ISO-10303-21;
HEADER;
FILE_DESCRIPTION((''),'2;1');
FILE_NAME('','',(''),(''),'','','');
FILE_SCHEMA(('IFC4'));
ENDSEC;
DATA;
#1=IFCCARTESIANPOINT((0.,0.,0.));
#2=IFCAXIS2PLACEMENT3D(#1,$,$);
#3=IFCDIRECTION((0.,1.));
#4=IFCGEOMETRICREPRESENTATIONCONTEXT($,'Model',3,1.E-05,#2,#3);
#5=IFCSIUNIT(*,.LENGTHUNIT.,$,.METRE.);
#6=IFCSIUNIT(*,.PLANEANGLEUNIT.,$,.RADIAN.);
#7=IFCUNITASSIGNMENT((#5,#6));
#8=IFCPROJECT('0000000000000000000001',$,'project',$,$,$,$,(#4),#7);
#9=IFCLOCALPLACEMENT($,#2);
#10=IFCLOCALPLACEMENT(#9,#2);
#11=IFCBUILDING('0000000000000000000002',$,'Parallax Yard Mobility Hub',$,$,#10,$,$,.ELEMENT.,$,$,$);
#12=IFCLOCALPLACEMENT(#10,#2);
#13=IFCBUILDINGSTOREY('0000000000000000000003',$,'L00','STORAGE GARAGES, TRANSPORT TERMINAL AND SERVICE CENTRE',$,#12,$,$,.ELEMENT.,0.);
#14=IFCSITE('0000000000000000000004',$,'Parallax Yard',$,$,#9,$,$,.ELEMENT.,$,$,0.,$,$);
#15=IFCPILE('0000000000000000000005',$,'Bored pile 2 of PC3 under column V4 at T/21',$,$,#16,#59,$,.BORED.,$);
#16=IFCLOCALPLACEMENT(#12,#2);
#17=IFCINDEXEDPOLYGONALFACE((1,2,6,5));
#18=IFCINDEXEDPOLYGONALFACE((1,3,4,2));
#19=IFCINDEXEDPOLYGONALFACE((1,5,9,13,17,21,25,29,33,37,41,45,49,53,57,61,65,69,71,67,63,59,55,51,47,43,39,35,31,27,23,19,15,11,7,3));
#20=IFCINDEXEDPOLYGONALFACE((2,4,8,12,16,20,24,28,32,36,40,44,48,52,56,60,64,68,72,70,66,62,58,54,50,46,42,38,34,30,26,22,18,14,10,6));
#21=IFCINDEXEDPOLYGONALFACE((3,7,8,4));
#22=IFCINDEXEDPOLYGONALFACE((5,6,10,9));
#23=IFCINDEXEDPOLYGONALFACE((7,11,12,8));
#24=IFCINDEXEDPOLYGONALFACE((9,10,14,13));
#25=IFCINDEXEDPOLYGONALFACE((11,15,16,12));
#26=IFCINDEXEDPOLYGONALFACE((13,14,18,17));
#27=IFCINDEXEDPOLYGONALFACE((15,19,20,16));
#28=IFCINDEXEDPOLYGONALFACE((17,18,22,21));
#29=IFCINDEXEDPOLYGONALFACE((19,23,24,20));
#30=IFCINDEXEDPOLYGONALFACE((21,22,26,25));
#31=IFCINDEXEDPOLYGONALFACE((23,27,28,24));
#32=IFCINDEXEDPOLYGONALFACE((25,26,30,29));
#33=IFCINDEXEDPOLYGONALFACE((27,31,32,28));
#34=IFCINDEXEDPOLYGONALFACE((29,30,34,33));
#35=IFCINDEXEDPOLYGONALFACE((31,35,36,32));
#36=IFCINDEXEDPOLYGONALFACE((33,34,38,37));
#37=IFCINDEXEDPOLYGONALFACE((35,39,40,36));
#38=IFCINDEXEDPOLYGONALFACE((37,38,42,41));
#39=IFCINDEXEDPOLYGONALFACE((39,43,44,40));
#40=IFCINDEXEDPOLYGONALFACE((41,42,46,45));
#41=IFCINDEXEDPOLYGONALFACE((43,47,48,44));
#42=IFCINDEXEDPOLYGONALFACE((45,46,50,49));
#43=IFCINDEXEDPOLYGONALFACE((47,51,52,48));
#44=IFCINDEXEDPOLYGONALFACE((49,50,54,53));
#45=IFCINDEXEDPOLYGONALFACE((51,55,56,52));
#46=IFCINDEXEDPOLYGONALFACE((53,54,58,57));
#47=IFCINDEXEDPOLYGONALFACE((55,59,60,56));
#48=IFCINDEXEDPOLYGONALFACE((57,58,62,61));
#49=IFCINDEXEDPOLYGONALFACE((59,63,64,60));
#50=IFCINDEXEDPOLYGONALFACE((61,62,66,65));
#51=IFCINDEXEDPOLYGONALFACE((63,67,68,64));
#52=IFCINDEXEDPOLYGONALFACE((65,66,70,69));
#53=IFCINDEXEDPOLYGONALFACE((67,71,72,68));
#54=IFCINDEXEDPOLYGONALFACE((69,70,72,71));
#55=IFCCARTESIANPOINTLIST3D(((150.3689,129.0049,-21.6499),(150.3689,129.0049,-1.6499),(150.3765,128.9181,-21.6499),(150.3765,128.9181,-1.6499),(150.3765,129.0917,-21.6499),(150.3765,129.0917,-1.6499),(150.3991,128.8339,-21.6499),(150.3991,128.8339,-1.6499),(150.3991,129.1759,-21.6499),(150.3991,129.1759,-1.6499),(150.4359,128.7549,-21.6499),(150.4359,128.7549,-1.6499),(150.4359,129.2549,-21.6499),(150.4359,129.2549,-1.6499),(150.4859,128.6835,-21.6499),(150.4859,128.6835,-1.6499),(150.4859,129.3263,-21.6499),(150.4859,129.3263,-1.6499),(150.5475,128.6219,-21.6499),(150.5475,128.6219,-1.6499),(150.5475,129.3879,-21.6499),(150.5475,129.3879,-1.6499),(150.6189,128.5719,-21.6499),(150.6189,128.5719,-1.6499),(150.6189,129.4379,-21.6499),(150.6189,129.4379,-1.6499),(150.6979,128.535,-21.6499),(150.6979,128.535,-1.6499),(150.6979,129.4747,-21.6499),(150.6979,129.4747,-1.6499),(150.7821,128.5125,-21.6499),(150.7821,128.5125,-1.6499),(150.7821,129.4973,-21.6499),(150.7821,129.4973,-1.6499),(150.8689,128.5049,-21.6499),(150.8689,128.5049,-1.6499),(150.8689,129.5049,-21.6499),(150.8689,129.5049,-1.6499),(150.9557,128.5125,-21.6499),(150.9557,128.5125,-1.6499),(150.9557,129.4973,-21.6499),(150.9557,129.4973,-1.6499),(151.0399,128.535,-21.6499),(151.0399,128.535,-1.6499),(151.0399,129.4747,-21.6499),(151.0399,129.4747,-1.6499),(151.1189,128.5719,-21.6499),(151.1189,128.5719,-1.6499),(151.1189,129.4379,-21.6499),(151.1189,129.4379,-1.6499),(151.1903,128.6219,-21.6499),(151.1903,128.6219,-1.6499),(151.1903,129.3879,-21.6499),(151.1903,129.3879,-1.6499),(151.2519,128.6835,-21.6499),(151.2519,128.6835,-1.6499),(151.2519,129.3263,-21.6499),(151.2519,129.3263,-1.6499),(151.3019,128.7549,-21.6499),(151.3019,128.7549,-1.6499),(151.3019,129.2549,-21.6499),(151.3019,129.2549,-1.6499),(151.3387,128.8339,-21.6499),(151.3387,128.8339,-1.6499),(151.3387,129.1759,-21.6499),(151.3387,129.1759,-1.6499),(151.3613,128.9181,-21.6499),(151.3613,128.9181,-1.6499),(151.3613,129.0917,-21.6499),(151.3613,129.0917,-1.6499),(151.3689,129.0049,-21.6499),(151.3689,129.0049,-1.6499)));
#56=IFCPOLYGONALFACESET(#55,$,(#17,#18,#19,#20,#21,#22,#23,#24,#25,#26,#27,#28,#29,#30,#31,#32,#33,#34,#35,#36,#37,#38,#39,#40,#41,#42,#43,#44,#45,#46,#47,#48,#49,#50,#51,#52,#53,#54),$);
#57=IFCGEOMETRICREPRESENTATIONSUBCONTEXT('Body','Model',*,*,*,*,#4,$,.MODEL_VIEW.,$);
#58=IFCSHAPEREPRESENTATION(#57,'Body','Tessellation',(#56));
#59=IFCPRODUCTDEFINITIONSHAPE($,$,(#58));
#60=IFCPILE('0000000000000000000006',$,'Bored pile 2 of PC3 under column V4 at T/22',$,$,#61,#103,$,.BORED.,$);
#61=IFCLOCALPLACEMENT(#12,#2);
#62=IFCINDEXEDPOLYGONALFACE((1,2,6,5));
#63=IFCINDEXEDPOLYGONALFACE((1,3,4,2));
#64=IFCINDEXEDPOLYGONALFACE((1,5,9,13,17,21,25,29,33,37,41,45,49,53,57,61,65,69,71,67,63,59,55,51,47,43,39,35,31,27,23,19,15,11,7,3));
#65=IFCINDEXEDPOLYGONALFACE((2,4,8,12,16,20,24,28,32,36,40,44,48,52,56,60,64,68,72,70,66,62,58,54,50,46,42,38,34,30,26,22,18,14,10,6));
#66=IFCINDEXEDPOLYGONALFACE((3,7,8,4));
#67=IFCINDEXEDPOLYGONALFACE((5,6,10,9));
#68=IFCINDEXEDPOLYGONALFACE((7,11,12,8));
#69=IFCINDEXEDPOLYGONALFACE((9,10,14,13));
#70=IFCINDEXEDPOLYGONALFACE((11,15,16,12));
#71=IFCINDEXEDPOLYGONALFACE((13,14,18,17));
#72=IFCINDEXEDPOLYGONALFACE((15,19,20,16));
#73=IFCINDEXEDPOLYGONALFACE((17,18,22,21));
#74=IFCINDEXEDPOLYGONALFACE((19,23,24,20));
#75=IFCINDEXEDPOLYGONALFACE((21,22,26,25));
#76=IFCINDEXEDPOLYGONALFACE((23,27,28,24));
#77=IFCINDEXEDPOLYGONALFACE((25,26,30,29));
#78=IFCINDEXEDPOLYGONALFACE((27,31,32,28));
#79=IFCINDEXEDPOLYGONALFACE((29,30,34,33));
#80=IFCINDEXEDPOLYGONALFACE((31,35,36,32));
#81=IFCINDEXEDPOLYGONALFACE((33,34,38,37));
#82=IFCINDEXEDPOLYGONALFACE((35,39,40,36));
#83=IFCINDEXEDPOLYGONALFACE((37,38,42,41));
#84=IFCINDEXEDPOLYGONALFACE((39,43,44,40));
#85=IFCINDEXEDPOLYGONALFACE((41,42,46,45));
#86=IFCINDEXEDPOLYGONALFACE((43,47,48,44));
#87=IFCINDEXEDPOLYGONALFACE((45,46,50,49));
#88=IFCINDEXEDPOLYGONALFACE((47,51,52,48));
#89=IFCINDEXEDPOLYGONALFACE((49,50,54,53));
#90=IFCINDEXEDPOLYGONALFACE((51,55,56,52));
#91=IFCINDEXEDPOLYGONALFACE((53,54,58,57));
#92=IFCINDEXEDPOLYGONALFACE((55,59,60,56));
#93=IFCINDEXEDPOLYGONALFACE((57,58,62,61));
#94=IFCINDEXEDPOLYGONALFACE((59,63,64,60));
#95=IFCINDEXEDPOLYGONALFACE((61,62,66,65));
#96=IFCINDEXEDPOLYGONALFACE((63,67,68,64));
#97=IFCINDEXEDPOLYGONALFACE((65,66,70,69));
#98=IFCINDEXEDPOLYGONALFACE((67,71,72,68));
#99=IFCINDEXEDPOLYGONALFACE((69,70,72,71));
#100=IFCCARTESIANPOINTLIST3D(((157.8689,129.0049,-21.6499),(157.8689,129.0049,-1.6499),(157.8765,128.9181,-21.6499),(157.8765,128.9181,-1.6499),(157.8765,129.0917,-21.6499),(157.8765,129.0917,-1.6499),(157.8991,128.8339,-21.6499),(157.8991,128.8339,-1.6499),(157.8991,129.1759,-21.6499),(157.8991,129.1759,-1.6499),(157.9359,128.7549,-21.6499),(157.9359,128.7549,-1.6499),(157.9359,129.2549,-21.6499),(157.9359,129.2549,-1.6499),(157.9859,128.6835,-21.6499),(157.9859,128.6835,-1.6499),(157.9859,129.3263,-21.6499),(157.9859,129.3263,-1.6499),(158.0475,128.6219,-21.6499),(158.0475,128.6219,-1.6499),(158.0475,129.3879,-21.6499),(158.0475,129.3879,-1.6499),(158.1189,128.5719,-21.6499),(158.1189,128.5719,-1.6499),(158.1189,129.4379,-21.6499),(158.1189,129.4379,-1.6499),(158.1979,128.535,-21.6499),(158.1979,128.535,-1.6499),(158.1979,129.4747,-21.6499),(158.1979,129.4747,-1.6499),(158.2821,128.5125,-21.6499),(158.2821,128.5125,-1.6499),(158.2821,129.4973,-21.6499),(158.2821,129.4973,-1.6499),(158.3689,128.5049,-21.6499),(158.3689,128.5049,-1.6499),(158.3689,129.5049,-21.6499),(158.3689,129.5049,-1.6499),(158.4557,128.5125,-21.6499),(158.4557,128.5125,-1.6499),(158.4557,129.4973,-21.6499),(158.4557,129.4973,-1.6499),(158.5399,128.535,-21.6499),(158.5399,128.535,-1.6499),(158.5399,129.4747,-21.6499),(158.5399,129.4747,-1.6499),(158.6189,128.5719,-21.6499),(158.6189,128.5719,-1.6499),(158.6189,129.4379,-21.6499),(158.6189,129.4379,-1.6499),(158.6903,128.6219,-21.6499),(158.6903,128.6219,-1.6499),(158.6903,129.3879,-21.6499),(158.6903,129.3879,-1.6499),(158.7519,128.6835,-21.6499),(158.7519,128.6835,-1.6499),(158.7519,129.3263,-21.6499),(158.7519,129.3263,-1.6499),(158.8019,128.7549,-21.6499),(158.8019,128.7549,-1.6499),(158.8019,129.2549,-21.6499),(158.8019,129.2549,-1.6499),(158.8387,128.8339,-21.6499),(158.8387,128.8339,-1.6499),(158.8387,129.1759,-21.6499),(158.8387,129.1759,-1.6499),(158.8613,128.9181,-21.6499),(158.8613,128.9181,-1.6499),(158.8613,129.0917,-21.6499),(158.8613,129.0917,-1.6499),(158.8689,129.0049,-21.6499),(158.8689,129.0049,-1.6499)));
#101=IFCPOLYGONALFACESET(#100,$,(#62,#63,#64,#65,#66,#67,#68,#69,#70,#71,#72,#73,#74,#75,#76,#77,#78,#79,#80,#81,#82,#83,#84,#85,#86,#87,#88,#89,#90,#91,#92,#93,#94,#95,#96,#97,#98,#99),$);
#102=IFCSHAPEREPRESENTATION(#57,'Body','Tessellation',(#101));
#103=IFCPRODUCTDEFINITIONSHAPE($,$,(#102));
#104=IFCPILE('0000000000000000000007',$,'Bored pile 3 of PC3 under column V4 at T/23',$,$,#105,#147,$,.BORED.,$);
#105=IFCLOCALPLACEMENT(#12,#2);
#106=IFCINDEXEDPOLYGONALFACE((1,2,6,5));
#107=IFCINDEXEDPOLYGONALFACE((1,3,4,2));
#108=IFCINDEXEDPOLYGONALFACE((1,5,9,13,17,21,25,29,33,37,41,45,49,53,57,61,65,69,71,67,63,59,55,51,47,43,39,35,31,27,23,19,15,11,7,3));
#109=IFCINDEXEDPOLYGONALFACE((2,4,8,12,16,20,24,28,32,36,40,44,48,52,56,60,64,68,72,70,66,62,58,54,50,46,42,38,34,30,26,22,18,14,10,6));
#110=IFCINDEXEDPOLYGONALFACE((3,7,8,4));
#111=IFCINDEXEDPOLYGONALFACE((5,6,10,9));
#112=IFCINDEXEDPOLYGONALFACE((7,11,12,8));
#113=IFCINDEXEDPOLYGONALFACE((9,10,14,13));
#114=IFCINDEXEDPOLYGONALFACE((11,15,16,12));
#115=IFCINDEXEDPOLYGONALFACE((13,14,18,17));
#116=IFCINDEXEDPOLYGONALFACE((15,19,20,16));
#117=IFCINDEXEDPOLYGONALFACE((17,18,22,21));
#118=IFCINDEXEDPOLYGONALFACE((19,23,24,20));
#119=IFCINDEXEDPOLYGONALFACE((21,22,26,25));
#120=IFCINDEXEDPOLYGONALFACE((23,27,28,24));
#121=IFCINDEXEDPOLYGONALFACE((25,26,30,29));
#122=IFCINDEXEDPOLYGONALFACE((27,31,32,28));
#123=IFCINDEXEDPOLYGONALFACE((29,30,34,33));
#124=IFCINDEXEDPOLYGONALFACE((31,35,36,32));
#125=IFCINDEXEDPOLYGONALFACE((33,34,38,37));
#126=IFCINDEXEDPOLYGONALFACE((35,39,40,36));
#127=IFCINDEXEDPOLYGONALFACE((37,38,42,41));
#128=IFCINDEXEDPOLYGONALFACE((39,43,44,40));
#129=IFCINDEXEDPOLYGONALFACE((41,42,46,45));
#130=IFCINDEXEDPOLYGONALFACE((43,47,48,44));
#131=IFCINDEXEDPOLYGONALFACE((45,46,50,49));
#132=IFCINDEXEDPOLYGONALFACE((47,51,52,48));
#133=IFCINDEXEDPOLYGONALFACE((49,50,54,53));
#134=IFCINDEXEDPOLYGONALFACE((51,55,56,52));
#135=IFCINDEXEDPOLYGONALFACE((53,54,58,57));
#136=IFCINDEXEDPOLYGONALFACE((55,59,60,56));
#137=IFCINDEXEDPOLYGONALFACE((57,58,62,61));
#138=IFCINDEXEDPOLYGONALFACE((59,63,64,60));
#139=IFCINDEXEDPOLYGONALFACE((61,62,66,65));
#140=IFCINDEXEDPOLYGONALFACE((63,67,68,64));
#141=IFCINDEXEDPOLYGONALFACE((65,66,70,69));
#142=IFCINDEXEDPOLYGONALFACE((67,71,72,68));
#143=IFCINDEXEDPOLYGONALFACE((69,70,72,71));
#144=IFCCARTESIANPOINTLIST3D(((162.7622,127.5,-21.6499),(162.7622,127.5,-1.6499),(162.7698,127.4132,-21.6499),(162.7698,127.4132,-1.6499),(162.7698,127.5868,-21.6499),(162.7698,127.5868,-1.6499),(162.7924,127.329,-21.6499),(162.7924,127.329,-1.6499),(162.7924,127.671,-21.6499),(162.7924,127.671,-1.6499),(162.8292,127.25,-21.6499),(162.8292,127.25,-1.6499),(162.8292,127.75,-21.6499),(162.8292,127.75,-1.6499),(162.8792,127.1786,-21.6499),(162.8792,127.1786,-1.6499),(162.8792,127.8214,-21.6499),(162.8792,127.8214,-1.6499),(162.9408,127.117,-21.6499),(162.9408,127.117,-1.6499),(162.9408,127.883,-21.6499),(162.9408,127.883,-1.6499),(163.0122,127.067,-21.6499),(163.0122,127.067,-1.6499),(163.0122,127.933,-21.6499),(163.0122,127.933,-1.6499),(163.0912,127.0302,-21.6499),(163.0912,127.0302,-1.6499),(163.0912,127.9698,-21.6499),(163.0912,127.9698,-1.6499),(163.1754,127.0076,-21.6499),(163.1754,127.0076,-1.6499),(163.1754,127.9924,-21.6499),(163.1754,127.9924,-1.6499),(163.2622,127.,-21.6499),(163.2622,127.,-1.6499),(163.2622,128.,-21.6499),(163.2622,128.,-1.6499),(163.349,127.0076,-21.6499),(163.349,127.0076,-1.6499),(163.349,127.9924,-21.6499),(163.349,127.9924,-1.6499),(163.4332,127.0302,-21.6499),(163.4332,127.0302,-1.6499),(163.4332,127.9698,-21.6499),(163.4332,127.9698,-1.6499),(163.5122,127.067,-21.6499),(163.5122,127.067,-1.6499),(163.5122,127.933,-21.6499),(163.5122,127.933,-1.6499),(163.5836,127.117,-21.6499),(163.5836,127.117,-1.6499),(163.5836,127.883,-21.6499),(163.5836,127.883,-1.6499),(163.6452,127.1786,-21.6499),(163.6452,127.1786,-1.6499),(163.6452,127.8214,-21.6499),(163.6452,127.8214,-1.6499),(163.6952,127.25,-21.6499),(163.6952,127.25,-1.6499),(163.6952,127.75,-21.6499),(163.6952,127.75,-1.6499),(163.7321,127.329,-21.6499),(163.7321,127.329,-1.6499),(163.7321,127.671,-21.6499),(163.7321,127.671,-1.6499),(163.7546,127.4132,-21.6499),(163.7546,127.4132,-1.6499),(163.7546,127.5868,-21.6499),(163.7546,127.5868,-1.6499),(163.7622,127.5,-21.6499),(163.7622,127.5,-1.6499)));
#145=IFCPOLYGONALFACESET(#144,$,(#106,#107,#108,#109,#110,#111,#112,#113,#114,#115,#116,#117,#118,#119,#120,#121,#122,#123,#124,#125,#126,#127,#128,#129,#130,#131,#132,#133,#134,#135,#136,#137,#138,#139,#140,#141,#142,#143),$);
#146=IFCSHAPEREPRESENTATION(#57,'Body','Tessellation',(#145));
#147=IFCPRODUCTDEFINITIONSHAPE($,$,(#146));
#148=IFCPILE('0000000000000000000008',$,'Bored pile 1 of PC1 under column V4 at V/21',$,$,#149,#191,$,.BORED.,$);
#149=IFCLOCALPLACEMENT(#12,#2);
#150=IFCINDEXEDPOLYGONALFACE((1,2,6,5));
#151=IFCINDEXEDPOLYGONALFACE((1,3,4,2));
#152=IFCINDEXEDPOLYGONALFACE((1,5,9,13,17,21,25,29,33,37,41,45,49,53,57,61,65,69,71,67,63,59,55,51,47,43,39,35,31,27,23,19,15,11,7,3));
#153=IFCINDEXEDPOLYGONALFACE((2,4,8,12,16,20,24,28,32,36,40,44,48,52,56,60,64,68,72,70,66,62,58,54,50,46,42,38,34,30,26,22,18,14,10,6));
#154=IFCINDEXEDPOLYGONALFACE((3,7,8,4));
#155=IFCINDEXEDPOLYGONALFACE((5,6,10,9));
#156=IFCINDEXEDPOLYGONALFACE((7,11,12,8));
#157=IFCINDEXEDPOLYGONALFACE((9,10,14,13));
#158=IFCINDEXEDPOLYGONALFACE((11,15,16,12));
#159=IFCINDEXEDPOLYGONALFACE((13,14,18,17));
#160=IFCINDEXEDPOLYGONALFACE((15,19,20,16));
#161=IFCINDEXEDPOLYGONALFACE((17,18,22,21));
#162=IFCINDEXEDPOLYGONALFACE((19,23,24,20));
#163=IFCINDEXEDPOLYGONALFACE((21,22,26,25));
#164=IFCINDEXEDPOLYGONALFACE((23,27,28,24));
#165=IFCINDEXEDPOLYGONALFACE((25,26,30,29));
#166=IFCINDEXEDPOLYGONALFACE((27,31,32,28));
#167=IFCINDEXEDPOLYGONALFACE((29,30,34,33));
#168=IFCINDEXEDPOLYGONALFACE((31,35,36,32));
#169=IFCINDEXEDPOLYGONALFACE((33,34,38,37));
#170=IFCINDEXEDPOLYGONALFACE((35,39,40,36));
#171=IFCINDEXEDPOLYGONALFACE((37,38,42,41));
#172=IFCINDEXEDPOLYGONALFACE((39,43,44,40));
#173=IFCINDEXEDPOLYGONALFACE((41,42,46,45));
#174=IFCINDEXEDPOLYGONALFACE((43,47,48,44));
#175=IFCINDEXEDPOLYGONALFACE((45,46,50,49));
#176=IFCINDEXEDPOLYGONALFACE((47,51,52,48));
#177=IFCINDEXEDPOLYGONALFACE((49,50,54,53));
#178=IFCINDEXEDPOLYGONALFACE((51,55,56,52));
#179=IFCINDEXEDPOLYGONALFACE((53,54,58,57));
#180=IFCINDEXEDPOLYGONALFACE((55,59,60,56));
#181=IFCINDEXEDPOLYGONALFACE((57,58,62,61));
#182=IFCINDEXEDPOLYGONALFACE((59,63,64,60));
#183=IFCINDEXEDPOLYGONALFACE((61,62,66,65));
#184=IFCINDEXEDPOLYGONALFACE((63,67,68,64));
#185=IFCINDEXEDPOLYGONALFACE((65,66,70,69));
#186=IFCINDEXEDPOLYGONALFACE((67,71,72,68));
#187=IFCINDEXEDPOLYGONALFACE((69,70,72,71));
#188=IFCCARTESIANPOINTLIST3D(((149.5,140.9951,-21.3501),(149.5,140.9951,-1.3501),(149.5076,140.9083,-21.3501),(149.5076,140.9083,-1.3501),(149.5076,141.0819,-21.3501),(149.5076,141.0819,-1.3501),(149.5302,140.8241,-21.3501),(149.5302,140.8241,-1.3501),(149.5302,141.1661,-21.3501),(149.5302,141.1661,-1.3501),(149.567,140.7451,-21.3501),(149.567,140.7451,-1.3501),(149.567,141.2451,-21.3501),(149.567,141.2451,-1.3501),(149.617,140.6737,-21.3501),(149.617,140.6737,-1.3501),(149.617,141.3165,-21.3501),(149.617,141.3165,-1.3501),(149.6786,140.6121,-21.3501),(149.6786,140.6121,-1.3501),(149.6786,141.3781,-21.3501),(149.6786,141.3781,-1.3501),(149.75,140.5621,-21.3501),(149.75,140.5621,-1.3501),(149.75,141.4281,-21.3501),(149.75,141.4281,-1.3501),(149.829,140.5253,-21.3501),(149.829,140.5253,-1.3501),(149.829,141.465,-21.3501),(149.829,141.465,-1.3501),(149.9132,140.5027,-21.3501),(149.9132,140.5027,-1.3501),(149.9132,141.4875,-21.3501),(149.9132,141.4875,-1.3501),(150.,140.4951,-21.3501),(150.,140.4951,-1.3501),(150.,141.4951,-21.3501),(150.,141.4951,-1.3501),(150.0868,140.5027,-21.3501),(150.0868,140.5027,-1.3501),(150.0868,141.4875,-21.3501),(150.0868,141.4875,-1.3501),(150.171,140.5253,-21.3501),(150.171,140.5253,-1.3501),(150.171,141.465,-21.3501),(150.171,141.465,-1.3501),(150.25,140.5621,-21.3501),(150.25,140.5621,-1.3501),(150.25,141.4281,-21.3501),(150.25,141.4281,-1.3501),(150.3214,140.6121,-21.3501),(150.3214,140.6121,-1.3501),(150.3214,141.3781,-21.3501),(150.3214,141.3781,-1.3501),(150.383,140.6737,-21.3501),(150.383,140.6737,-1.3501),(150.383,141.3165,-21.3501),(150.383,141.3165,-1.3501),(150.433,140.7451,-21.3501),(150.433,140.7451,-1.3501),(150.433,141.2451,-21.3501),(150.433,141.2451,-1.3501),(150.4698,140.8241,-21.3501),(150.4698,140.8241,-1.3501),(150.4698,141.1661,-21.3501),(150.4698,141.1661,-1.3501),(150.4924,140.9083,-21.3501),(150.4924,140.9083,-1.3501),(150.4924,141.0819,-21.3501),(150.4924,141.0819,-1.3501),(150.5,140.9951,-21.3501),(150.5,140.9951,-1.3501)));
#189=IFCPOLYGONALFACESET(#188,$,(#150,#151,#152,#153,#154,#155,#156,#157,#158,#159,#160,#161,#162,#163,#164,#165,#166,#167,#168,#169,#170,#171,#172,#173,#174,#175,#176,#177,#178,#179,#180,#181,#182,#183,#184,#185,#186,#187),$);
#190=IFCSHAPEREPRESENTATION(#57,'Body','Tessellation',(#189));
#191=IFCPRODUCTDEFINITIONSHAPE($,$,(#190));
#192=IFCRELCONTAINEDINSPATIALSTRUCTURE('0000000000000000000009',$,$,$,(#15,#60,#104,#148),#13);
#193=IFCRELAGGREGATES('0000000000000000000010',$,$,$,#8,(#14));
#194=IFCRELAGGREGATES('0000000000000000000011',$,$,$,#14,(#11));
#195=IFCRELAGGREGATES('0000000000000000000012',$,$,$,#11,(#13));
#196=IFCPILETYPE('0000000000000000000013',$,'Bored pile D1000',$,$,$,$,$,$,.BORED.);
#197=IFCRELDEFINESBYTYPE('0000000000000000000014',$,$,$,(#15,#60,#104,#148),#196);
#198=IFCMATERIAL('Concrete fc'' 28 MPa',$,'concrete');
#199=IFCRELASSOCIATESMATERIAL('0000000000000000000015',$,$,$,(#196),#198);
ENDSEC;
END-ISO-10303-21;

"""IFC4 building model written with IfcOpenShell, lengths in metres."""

from ifc_helpers import new_model, si_unit, direction, frame, origin, origin_2d, place, context, subcontext, project, spatial, circle, extrude, material, material_profile, profile_set, type_object, element, save


model = new_model("IFC4")

# Units and contexts
model_context = context("Model", 3, precision=1e-05, world=origin(), true_north=direction((0.0, 1.0)))
body_context = subcontext(model_context, "Body", "Model", "MODEL_VIEW")
ifc_project = project(units=[si_unit("LENGTHUNIT", "METRE"), si_unit("PLANEANGLEUNIT", "RADIAN")], contexts=[model_context])

# Site, building, storey
site_placement = place(None, origin())
site = spatial("IfcSite", under=ifc_project, at=site_placement, Name="Parallax Yard", CompositionType="ELEMENT", RefElevation=0.0)
building_placement = place(site_placement, origin())
building = spatial("IfcBuilding", under=site, at=building_placement, Name="Parallax Yard Mobility Hub", CompositionType="ELEMENT")
storey_placement = place(building_placement, origin())
storey = spatial("IfcBuildingStorey", under=building, at=storey_placement, Name="L00", Description="STORAGE GARAGES, TRANSPORT TERMINAL AND SERVICE CENTRE", CompositionType="ELEMENT", Elevation=0.0)

# Piles
ifc_material_1 = material(Name="Concrete fc' 28 MPa", Category="concrete")
ifc_material_profile_1 = material_profile(ifc_material_1, circle(Radius=0.5, at=origin_2d()), Name="Bored pile D1000")
ifc_profile_set_1 = profile_set([ifc_material_profile_1], Name="Concrete fc' 28 MPa")
pile_type = type_object("IfcPileType", Name="Bored pile D1000", PredefinedType="BORED", material=ifc_profile_set_1)
for number, where, z_axis, x_axis, name in (
    (1, (150.8689, 129.0049, -1.6499), (0.0, 0.0, -1.0), (1.0, 0.0, 0.0), "Bored pile 2 of PC3 under column V4 at T/21"),
    (2, (158.3689, 129.0049, -1.6499), (0.0, 0.0, -1.0), (1.0, 0.0, 0.0), "Bored pile 2 of PC3 under column V4 at T/22"),
    (3, (163.2622, 127.5, -1.6499), (0.0, 0.0, -1.0), (1.0, 0.0, 0.0), "Bored pile 3 of PC3 under column V4 at T/23"),
    (4, (150.0, 140.9951, -1.3501), (0.0, 0.0, -1.0), (1.0, 0.0, 0.0), "Bored pile 1 of PC1 under column V4 at V/21"),
):
    element("IfcPile", number, at=place(storey_placement, frame(where, z_axis=z_axis, x_axis=x_axis)), inside=storey, type_object=pile_type, Name=name, PredefinedType="BORED", context=body_context, shape_type="SweptSolid", body=[
        extrude(circle(Radius=0.5, at=origin_2d()), origin(), (0.0, 0.0, 1.0), 20.0),
    ])

save(model, "model.ifc")
